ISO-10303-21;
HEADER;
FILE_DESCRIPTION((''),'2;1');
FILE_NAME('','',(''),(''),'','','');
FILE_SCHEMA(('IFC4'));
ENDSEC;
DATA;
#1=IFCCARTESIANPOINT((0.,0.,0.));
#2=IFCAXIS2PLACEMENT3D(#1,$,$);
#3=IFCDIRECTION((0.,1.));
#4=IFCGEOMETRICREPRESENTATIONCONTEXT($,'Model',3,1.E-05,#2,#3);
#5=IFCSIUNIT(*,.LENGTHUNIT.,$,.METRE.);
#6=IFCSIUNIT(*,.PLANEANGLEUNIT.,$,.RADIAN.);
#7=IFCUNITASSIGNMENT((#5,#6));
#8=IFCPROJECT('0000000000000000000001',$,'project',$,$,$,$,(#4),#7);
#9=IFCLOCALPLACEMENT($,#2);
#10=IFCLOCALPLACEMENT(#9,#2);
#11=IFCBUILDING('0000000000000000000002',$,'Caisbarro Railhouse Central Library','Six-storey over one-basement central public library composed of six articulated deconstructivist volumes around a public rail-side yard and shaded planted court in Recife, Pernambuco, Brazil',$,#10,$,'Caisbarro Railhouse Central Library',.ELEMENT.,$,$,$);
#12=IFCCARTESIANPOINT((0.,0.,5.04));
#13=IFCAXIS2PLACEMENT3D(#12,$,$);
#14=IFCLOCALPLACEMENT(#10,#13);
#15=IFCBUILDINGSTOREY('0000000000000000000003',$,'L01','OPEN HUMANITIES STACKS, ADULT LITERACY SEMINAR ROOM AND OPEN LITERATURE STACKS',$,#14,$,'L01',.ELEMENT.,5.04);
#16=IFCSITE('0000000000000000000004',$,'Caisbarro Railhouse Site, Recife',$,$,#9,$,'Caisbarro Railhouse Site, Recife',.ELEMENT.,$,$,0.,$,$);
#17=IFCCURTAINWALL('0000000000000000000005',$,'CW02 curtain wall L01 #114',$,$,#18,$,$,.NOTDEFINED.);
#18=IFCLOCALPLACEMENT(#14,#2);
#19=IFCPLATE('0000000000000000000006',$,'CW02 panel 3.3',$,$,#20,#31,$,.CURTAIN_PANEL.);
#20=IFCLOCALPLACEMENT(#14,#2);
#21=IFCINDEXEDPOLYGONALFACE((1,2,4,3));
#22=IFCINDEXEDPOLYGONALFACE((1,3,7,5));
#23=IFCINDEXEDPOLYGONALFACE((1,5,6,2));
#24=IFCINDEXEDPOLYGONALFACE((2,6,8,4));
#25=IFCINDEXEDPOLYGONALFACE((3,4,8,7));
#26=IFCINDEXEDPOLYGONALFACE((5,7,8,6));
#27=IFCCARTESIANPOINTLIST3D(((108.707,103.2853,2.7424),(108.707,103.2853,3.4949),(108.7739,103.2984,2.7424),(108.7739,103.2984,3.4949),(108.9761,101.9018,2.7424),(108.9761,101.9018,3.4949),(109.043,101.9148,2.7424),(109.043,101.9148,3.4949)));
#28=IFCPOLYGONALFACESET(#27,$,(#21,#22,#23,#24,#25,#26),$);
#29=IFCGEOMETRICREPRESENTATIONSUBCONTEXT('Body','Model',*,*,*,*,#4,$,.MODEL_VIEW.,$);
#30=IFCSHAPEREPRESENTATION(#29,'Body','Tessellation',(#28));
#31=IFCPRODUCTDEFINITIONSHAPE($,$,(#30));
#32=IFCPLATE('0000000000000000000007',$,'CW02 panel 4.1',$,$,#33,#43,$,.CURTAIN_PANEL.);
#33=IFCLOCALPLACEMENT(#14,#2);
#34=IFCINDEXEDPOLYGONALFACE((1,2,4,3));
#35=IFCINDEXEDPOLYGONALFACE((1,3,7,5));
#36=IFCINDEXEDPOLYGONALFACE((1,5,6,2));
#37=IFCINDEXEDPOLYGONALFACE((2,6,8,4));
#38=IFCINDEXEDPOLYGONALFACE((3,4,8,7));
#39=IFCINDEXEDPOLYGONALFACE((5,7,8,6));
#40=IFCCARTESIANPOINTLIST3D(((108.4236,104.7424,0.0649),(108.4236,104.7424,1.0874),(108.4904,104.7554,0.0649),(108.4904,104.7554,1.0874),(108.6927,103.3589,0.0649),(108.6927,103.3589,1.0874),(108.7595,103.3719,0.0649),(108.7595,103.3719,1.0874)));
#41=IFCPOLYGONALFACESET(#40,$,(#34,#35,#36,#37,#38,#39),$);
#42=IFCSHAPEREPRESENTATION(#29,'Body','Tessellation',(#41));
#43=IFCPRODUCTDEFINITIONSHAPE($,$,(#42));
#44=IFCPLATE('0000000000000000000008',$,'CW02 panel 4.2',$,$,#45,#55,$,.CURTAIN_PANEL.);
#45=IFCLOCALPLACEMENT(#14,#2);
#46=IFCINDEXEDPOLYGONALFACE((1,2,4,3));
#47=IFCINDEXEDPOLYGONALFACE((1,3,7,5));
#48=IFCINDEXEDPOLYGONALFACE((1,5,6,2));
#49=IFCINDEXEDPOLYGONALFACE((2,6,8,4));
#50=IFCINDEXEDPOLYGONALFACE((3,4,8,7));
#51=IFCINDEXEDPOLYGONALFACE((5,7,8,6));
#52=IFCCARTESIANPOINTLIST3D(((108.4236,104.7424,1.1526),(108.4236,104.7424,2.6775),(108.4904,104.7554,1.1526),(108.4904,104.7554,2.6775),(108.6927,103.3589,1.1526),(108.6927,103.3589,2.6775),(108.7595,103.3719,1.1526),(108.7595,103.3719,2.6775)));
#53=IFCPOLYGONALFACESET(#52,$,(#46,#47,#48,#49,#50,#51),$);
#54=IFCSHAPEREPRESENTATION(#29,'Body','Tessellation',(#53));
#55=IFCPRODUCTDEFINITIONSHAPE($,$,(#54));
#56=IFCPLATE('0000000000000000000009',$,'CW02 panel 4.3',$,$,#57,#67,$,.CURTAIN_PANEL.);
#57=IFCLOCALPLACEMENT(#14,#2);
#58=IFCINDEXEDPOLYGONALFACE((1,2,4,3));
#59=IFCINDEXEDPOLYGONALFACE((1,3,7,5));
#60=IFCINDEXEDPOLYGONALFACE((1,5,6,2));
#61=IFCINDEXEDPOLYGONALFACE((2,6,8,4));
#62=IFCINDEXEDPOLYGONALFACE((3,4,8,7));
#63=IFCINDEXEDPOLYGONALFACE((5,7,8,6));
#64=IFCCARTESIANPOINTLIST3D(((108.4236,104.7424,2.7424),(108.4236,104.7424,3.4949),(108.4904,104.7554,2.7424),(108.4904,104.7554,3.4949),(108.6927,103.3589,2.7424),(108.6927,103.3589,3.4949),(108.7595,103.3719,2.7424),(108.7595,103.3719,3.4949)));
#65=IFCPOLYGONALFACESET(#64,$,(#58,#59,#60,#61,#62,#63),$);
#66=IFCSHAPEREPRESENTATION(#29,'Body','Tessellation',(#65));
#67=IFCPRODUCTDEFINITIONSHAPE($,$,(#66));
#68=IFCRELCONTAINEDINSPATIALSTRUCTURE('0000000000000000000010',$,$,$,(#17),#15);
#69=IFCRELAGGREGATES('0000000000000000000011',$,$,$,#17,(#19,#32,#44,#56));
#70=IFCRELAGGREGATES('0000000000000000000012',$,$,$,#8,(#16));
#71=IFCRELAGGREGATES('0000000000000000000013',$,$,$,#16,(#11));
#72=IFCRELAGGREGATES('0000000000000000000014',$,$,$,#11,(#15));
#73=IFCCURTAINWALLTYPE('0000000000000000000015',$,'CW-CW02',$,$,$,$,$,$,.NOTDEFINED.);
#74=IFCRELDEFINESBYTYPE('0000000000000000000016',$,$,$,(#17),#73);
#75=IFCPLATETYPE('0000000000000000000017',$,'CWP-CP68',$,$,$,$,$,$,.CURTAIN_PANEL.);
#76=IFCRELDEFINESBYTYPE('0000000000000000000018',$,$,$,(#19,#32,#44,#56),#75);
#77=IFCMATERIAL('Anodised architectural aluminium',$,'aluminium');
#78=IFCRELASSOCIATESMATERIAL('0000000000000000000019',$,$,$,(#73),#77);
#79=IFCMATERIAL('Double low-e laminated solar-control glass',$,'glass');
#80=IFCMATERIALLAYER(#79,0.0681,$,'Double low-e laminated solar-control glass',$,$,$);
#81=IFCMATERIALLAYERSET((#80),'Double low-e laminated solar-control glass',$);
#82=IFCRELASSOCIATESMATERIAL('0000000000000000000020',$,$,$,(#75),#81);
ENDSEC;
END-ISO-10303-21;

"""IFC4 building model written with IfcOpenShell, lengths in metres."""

from ifc_helpers import new_model, si_unit, direction, frame, origin, origin_2d, place, context, subcontext, project, spatial, rectangle, extrude, material, layer, layer_set, type_object, element, aggregate, save


model = new_model("IFC4")

# Units and contexts
model_context = context("Model", 3, precision=1e-05, world=origin(), true_north=direction((0.0, 1.0)))
body_context = subcontext(model_context, "Body", "Model", "MODEL_VIEW")
ifc_project = project(units=[si_unit("LENGTHUNIT", "METRE"), si_unit("PLANEANGLEUNIT", "RADIAN")], contexts=[model_context])

# Site, building, storey
site_placement = place(None, origin())
site = spatial("IfcSite", under=ifc_project, at=site_placement, Name="Caisbarro Railhouse Site, Recife", LongName="Caisbarro Railhouse Site, Recife", CompositionType="ELEMENT", RefElevation=0.0)
building_placement = place(site_placement, origin())
building = spatial("IfcBuilding", under=site, at=building_placement, Name="Caisbarro Railhouse Central Library", Description="Six-storey over one-basement central public library composed of six articulated deconstructivist volumes around a public rail-side yard and shaded planted court in Recife, Pernambuco, Brazil", LongName="Caisbarro Railhouse Central Library", CompositionType="ELEMENT")
storey_placement = place(building_placement, frame((0.0, 0.0, 5.04)))
storey = spatial("IfcBuildingStorey", under=building, at=storey_placement, Name="L01", Description="OPEN HUMANITIES STACKS, ADULT LITERACY SEMINAR ROOM AND OPEN LITERATURE STACKS", LongName="L01", CompositionType="ELEMENT", Elevation=5.04)

# Curtain wall
ifc_material_1 = material(Name="Anodised architectural aluminium", Category="aluminium")
curtain_wall_type_1 = type_object("IfcCurtainWallType", Name="CW-CW02", PredefinedType="NOTDEFINED", material=ifc_material_1)
curtain_wall_1_placement = place(storey_placement, origin())
curtain_wall_1 = element("IfcCurtainWall", 1, at=curtain_wall_1_placement, inside=storey, type_object=curtain_wall_type_1, Name="CW02 curtain wall L01 #114", PredefinedType="NOTDEFINED")

# Plates
ifc_material_2 = material(Name="Double low-e laminated solar-control glass", Category="glass")
ifc_layer_1 = layer(ifc_material_2, 0.0681, Name="Double low-e laminated solar-control glass")
ifc_layer_set_1 = layer_set([ifc_layer_1], Name="Double low-e laminated solar-control glass")
plate_type_1 = type_object("IfcPlateType", Name="CWP-CP68", PredefinedType="CURTAIN_PANEL", material=ifc_layer_set_1)
plate_1_placement = place(storey_placement, frame((108.875, 102.6001, 2.7424), z_axis=(0.0, 0.0, 1.0), x_axis=(-0.190911, 0.981607, 0.0)))
plate_1 = element("IfcPlate", 2, at=plate_1_placement, type_object=plate_type_1, Name="CW02 panel 3.3", PredefinedType="CURTAIN_PANEL", context=body_context, shape_type="SweptSolid", body=[
    extrude(rectangle(XDim=1.4094, YDim=0.0681, at=origin_2d()), origin(), (0.0, 0.0, 1.0), 0.7524),
])
plate_2_placement = place(storey_placement, frame((108.5916, 104.0571, 0.0649), z_axis=(0.0, 0.0, 1.0), x_axis=(-0.190911, 0.981607, 0.0)))
plate_2 = element("IfcPlate", 3, at=plate_2_placement, type_object=plate_type_1, Name="CW02 panel 4.1", PredefinedType="CURTAIN_PANEL", context=body_context, shape_type="SweptSolid", body=[
    extrude(rectangle(XDim=1.4094, YDim=0.0681, at=origin_2d()), origin(), (0.0, 0.0, 1.0), 1.0225),
])
plate_3_placement = place(storey_placement, frame((108.5916, 104.0571, 1.1526), z_axis=(0.0, 0.0, 1.0), x_axis=(-0.190911, 0.981607, 0.0)))
plate_3 = element("IfcPlate", 4, at=plate_3_placement, type_object=plate_type_1, Name="CW02 panel 4.2", PredefinedType="CURTAIN_PANEL", context=body_context, shape_type="SweptSolid", body=[
    extrude(rectangle(XDim=1.4094, YDim=0.0681, at=origin_2d()), origin(), (0.0, 0.0, 1.0), 1.5249),
])
plate_4_placement = place(storey_placement, frame((108.5916, 104.0571, 2.7424), z_axis=(0.0, 0.0, 1.0), x_axis=(-0.190911, 0.981607, 0.0)))
plate_4 = element("IfcPlate", 5, at=plate_4_placement, type_object=plate_type_1, Name="CW02 panel 4.3", PredefinedType="CURTAIN_PANEL", context=body_context, shape_type="SweptSolid", body=[
    extrude(rectangle(XDim=1.4094, YDim=0.0681, at=origin_2d()), origin(), (0.0, 0.0, 1.0), 0.7524),
])
aggregate(curtain_wall_1, [plate_1, plate_2, plate_3, plate_4])

save(model, "model.ifc")
